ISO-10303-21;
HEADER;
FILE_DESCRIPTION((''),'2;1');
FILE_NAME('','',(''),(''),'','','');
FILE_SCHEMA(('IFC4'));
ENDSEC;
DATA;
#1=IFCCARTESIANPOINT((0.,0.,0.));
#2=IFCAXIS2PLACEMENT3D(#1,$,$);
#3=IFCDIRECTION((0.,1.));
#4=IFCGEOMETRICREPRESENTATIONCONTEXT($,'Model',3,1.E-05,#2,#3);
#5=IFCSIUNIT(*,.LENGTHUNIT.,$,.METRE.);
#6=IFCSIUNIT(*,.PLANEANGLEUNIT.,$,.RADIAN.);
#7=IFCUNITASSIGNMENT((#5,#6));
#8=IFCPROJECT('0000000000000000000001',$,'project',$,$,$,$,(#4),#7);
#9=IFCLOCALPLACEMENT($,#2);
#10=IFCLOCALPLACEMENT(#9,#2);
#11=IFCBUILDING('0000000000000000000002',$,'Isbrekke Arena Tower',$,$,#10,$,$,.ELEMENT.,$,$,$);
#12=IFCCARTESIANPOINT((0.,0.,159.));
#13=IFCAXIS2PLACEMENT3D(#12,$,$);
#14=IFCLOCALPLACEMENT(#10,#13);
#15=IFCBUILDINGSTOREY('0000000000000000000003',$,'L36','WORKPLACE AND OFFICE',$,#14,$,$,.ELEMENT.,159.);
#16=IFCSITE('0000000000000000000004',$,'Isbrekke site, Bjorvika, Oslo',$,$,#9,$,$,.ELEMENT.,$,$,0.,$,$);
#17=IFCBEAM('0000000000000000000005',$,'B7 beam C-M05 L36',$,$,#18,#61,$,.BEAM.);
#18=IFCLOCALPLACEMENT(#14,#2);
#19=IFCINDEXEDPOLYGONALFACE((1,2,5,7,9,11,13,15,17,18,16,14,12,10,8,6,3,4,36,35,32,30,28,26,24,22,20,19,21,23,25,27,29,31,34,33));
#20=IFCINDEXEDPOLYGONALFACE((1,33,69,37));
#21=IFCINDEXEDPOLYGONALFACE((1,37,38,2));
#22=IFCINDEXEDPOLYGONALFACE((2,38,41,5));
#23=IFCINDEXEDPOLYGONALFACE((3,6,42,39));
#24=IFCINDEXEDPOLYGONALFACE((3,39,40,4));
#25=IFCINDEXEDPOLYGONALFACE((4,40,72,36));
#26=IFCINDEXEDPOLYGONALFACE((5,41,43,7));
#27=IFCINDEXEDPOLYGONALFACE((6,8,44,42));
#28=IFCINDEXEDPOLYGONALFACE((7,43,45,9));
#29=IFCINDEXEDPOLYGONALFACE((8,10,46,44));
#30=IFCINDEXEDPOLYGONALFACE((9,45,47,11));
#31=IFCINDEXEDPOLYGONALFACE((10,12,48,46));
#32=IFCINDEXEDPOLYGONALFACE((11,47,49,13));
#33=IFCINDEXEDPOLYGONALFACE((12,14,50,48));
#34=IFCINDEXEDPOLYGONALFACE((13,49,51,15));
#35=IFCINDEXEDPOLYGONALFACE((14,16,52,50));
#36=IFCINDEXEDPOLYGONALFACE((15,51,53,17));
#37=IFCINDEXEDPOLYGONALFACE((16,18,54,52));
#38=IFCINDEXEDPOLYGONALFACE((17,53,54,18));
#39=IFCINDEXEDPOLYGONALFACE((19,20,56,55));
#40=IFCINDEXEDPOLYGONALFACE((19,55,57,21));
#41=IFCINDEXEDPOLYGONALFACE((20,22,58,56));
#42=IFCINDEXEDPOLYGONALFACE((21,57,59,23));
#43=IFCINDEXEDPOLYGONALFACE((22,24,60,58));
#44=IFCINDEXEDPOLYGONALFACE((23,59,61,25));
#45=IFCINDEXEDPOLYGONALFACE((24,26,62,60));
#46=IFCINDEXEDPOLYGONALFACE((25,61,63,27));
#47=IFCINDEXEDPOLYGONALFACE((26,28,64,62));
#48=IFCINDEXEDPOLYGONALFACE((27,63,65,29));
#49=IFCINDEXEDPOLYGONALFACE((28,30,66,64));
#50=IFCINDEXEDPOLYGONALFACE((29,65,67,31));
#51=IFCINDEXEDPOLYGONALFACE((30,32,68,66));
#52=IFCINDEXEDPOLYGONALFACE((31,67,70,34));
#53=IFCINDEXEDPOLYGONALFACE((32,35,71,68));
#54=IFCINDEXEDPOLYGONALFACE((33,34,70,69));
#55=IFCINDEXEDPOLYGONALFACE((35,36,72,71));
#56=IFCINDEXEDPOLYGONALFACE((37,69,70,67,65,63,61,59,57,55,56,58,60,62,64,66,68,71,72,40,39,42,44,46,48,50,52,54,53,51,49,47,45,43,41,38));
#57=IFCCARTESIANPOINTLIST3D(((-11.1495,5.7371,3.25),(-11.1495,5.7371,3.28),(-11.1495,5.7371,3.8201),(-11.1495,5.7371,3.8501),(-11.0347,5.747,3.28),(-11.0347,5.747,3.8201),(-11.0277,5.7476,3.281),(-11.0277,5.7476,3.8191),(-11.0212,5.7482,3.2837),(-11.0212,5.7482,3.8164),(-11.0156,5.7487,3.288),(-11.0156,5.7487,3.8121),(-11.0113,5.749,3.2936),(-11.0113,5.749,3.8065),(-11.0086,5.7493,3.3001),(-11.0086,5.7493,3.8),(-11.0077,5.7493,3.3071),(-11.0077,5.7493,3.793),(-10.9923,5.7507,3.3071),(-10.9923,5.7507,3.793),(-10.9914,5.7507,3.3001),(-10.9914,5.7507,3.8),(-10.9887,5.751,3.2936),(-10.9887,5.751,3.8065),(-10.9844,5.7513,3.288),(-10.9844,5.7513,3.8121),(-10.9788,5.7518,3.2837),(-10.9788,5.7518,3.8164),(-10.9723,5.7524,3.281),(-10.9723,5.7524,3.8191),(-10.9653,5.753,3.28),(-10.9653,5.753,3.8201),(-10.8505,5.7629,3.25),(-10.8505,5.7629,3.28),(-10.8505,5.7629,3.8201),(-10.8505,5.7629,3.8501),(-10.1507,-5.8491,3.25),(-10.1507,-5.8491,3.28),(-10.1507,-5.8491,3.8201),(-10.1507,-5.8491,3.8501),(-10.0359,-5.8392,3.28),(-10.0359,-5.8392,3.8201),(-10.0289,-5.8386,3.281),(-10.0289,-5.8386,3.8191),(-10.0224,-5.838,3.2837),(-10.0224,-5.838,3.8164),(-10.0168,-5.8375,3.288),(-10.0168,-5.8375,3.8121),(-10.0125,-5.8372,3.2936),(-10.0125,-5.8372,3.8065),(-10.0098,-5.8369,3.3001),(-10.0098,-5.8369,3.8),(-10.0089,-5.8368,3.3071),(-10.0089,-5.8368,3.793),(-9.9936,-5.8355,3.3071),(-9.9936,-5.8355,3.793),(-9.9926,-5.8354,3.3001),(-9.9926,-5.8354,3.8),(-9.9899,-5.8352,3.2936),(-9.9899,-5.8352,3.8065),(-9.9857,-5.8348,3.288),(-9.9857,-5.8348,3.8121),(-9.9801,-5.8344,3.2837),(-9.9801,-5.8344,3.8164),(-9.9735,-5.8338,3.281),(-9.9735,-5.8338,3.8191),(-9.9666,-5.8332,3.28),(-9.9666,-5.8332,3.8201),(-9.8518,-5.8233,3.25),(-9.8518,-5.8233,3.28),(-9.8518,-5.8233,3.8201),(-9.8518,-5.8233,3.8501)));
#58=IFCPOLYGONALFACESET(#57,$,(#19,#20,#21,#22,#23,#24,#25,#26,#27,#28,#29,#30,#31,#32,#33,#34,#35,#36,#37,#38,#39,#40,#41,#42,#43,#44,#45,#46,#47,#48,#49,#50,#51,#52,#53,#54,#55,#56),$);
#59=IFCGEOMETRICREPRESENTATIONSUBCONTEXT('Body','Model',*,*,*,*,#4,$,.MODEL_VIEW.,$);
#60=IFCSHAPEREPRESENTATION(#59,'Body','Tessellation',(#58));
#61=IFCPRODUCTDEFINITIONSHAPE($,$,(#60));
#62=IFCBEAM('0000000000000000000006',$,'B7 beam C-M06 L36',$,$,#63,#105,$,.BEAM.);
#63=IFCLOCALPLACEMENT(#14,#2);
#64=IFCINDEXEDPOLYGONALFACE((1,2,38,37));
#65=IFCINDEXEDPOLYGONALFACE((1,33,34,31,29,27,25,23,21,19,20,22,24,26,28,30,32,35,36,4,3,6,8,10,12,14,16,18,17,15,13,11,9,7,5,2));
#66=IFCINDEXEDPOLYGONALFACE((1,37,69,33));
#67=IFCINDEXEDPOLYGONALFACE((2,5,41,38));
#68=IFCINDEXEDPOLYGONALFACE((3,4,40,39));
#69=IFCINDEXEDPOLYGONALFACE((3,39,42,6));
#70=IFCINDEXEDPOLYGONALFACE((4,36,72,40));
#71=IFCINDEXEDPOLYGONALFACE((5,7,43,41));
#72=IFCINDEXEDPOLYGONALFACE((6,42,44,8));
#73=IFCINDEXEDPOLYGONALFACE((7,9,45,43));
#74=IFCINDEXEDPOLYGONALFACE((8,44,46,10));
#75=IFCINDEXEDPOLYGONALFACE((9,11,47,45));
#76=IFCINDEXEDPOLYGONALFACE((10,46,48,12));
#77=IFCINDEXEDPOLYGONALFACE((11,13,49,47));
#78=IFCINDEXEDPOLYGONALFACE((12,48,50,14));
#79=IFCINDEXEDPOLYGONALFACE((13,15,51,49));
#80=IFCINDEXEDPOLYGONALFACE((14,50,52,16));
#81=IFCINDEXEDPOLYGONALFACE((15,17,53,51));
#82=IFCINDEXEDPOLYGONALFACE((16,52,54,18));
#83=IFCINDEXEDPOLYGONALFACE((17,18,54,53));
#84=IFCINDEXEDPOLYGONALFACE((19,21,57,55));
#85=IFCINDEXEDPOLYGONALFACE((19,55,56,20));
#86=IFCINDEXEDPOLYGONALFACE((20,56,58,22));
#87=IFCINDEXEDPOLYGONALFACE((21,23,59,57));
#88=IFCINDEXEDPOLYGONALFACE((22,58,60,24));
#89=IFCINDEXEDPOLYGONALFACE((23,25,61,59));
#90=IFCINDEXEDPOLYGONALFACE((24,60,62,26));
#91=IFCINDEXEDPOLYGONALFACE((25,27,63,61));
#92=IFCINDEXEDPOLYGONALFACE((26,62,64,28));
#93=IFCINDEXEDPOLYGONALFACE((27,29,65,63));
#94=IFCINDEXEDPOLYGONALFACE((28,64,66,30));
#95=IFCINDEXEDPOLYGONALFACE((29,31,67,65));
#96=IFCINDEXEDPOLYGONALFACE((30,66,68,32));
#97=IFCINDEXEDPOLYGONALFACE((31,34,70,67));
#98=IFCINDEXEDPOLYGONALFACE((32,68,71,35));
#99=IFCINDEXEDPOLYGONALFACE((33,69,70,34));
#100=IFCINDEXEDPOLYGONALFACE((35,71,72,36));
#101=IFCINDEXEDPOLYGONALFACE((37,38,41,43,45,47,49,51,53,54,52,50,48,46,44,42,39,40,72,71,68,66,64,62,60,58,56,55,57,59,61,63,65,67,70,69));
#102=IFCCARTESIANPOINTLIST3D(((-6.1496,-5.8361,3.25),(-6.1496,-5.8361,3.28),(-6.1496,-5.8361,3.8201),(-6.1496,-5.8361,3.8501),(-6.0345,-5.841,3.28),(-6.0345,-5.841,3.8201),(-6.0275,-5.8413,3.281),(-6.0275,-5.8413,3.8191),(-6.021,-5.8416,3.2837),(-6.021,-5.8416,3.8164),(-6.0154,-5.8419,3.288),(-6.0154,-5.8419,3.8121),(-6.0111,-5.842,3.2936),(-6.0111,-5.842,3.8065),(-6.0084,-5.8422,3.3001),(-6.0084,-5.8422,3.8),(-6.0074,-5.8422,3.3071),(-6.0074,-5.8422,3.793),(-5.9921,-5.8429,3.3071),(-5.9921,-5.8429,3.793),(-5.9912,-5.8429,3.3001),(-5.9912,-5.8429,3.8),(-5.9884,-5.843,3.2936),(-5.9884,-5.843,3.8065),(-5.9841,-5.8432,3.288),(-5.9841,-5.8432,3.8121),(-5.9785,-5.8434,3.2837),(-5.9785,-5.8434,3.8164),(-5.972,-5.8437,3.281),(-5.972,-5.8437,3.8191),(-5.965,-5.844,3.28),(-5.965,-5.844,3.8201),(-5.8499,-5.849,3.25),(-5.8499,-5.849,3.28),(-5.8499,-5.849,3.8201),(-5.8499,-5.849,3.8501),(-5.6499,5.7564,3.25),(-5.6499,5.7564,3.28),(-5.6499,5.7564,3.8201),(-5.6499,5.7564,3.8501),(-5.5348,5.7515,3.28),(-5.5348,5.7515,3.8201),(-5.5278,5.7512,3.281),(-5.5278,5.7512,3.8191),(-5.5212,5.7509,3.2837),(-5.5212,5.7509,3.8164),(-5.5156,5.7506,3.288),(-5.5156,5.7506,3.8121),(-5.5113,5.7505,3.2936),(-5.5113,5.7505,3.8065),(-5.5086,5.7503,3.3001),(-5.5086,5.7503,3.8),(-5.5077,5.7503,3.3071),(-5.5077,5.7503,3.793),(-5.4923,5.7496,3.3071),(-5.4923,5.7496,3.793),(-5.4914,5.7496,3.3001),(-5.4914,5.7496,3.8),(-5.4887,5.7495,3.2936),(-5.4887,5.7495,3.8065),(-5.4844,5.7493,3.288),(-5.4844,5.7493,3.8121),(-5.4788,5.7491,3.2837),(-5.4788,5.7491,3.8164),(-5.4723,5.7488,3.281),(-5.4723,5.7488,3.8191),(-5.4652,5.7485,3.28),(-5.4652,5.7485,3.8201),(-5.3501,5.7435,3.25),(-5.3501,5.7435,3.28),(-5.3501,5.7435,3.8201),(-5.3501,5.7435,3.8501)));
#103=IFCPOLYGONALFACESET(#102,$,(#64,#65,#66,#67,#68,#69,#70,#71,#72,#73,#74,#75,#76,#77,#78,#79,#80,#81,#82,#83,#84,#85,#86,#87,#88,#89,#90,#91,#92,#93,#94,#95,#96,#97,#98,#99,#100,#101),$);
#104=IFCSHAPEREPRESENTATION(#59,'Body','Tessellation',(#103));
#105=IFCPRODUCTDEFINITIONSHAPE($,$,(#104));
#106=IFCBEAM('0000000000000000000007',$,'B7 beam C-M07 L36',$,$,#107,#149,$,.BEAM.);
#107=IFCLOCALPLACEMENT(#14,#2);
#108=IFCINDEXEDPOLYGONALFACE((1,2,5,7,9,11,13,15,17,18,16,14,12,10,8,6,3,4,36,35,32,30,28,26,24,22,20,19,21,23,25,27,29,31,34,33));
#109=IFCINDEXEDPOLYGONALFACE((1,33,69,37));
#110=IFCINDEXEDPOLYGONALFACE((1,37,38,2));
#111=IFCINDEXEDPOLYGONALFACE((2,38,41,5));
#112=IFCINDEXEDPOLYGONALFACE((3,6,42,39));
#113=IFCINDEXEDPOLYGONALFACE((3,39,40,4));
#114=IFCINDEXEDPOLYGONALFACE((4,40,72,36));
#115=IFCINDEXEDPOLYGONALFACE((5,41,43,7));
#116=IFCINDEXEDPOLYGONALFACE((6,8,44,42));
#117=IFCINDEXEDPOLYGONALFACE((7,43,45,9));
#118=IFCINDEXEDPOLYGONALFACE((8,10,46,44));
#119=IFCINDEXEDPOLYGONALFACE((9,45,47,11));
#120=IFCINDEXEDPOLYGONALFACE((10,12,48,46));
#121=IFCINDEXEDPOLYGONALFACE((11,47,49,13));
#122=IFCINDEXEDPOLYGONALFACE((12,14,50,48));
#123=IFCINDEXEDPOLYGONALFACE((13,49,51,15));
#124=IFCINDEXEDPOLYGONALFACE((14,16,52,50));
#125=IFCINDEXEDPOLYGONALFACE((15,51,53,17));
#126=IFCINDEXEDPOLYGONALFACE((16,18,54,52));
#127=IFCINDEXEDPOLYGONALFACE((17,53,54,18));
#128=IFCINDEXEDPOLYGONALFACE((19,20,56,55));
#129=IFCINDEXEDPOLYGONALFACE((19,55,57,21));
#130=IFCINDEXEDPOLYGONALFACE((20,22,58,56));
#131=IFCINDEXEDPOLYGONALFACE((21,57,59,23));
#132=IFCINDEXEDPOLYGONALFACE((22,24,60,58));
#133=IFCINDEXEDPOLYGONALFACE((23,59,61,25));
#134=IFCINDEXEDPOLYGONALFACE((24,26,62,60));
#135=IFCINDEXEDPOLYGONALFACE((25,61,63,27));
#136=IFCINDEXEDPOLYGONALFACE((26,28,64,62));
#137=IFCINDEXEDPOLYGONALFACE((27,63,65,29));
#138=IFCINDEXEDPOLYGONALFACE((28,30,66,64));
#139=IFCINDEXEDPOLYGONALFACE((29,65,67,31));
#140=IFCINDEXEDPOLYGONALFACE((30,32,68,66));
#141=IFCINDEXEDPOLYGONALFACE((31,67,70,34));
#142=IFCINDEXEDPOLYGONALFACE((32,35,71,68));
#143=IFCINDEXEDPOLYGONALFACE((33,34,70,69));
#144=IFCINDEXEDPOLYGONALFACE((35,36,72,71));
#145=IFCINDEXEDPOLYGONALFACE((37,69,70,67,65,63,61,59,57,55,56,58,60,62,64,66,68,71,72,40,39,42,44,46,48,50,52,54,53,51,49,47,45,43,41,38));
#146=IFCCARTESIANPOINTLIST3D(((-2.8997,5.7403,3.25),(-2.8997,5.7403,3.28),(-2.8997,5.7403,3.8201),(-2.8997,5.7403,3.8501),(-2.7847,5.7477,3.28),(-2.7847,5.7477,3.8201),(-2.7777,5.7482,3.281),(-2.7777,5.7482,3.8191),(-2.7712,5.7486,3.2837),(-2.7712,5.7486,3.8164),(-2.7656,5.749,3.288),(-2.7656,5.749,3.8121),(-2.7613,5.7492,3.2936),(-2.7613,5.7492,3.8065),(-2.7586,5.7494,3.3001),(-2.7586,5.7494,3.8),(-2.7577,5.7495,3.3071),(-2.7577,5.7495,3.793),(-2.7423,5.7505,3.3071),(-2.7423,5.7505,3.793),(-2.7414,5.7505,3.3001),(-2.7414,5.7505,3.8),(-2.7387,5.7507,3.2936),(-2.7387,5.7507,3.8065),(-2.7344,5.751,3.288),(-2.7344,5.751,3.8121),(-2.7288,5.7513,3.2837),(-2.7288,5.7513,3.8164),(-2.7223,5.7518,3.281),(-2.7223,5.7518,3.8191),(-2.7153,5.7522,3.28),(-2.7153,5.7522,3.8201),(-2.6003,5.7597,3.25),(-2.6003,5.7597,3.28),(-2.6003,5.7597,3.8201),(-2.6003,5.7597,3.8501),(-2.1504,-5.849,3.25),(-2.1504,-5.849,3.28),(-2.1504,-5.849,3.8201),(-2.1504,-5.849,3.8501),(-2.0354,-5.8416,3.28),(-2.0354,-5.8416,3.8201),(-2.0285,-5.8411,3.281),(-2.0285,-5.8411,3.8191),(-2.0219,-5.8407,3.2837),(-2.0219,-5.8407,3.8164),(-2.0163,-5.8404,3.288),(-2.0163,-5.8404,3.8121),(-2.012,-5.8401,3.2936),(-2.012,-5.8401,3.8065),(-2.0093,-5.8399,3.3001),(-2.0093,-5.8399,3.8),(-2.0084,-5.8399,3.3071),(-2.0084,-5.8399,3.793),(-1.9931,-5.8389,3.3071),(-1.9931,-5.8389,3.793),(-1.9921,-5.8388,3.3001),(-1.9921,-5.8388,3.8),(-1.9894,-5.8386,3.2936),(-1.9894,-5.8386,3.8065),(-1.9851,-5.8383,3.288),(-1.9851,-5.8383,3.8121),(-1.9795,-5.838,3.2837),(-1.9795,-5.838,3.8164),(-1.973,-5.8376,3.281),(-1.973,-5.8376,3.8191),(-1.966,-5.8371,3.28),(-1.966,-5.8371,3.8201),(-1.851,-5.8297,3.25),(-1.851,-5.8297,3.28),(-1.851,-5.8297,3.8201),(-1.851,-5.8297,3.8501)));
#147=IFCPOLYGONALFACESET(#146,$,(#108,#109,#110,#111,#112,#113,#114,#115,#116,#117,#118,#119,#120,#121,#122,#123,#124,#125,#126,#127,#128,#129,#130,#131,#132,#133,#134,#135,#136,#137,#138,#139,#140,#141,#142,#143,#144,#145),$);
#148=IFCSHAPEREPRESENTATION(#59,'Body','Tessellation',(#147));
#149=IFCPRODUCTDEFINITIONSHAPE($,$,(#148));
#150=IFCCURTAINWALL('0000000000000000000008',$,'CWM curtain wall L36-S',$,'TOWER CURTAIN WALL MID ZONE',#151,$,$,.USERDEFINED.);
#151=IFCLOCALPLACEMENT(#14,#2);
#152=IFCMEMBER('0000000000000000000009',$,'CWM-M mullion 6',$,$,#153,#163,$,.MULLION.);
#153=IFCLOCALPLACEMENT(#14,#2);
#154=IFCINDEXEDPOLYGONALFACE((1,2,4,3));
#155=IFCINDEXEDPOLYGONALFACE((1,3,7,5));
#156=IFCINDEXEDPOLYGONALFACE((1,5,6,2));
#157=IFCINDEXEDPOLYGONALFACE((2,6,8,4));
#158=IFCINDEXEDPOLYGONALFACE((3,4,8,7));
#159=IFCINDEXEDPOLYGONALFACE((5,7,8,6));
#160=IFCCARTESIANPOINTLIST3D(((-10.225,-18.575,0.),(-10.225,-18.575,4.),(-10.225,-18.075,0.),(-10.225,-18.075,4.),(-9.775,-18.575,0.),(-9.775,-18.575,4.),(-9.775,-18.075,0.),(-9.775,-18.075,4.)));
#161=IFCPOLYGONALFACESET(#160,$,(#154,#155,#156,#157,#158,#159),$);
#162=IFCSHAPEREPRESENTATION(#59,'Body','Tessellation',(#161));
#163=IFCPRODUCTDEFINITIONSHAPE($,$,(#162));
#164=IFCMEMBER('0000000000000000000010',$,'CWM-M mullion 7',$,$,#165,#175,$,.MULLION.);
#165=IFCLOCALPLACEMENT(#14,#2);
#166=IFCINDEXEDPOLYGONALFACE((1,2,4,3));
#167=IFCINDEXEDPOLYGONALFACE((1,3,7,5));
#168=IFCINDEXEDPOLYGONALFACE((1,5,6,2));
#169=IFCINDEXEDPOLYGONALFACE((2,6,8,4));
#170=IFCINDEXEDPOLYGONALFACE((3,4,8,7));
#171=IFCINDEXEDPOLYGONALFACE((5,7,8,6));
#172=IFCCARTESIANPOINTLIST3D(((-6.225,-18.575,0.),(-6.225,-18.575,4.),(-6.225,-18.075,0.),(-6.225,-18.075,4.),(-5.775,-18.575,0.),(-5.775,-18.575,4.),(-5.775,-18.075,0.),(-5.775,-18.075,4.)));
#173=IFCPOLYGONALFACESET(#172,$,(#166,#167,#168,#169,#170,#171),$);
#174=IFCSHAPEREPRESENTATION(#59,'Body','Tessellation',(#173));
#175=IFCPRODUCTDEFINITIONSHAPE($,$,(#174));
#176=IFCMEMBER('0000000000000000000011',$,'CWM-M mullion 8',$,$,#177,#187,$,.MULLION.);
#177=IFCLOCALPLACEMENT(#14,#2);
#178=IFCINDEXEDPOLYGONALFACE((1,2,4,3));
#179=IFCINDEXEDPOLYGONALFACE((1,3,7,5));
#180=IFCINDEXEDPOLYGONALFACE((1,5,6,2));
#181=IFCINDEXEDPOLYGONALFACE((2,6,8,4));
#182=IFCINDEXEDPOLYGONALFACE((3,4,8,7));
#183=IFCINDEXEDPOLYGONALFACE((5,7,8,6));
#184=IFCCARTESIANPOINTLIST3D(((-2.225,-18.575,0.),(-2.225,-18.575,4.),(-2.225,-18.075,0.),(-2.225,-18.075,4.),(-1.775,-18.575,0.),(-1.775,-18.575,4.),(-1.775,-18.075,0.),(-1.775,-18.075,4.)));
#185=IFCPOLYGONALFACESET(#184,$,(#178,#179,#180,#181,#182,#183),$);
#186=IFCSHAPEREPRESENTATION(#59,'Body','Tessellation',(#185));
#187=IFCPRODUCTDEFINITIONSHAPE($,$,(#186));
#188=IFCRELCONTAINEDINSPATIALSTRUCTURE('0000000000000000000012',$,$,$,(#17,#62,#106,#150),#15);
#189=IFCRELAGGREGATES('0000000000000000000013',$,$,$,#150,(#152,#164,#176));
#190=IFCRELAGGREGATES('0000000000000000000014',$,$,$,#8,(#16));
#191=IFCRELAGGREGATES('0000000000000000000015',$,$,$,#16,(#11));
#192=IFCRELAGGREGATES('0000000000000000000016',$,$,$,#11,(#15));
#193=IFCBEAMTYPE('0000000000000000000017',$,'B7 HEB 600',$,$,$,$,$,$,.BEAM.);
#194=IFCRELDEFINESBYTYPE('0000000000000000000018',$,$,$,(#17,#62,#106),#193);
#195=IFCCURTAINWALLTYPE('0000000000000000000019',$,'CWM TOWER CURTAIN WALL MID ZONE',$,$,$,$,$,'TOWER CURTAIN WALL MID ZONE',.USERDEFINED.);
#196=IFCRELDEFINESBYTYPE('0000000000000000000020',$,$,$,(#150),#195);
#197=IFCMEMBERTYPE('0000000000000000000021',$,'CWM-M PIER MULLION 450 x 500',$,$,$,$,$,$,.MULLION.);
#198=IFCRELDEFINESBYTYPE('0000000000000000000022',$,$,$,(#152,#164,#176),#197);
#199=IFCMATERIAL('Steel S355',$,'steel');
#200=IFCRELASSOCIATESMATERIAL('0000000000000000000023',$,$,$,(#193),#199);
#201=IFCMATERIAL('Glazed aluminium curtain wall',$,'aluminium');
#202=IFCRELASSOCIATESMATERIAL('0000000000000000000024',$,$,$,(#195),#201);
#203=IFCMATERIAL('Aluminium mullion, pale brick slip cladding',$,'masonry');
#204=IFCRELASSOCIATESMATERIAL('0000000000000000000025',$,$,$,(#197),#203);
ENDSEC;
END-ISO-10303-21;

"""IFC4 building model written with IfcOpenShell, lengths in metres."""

from ifc_helpers import new_model, si_unit, direction, frame, origin, origin_2d, place, context, subcontext, project, spatial, rectangle, i_section, extrude, material, material_profile, profile_set, type_object, element, aggregate, save


model = new_model("IFC4")

# Units and contexts
model_context = context("Model", 3, precision=1e-05, world=origin(), true_north=direction((0.0, 1.0)))
body_context = subcontext(model_context, "Body", "Model", "MODEL_VIEW")
ifc_project = project(units=[si_unit("LENGTHUNIT", "METRE"), si_unit("PLANEANGLEUNIT", "RADIAN")], contexts=[model_context])

# Site, building, storey
site_placement = place(None, origin())
site = spatial("IfcSite", under=ifc_project, at=site_placement, Name="Isbrekke site, Bjorvika, Oslo", CompositionType="ELEMENT", RefElevation=0.0)
building_placement = place(site_placement, origin())
building = spatial("IfcBuilding", under=site, at=building_placement, Name="Isbrekke Arena Tower", CompositionType="ELEMENT")
storey_placement = place(building_placement, frame((0.0, 0.0, 159.0)))
storey = spatial("IfcBuildingStorey", under=building, at=storey_placement, Name="L36", Description="WORKPLACE AND OFFICE", CompositionType="ELEMENT", Elevation=159.0)

# Beams
ifc_material_1 = material(Name="Steel S355", Category="steel")
ifc_material_profile_1 = material_profile(ifc_material_1, i_section(OverallWidth=0.3, OverallDepth=0.6001, WebThickness=0.0154, FlangeThickness=0.03, FilletRadius=0.0271, at=origin_2d()), Name="HEB 600")
ifc_profile_set_1 = profile_set([ifc_material_profile_1], Name="Steel S355")
beam_type_1 = type_object("IfcBeamType", Name="B7 HEB 600", PredefinedType="BEAM", material=ifc_profile_set_1)
beam_1_placement = place(storey_placement, frame((-10.0012, -5.8362, 3.55), z_axis=(-0.085886, 0.996305, 0.0), x_axis=(-0.996305, -0.085886, 0.0)))
element("IfcBeam", 1, at=beam_1_placement, inside=storey, type_object=beam_type_1, Name="B7 beam C-M05 L36", PredefinedType="BEAM", context=body_context, shape_type="SweptSolid", body=[
    extrude(i_section(OverallWidth=0.3, OverallDepth=0.6001, WebThickness=0.0154, FlangeThickness=0.03, FilletRadius=0.0271, at=origin_2d()), origin(), (0.0, 0.0, 1.0), 11.6292),
])
beam_2_placement = place(storey_placement, frame((-5.9998, -5.8425, 3.55), z_axis=(0.04307, 0.999072, 0.0), x_axis=(-0.999072, 0.04307, 0.0)))
element("IfcBeam", 2, at=beam_2_placement, inside=storey, type_object=beam_type_1, Name="B7 beam C-M06 L36", PredefinedType="BEAM", context=body_context, shape_type="SweptSolid", body=[
    extrude(i_section(OverallWidth=0.3, OverallDepth=0.6001, WebThickness=0.0154, FlangeThickness=0.03, FilletRadius=0.0271, at=origin_2d()), origin(), (0.0, 0.0, 1.0), 11.6033),
])
beam_3_placement = place(storey_placement, frame((-2.0007, -5.8394, 3.55), z_axis=(-0.064517, 0.997917, 0.0), x_axis=(-0.997917, -0.064517, 0.0)))
element("IfcBeam", 3, at=beam_3_placement, inside=storey, type_object=beam_type_1, Name="B7 beam C-M07 L36", PredefinedType="BEAM", context=body_context, shape_type="SweptSolid", body=[
    extrude(i_section(OverallWidth=0.3, OverallDepth=0.6001, WebThickness=0.0154, FlangeThickness=0.03, FilletRadius=0.0271, at=origin_2d()), origin(), (0.0, 0.0, 1.0), 11.6135),
])

# Curtain wall, members
ifc_material_2 = material(Name="Glazed aluminium curtain wall", Category="aluminium")
curtain_wall_type = type_object("IfcCurtainWallType", Name="CWM TOWER CURTAIN WALL MID ZONE", ElementType="TOWER CURTAIN WALL MID ZONE", PredefinedType="USERDEFINED", material=ifc_material_2)
curtain_wall_placement = place(storey_placement, origin())
curtain_wall = element("IfcCurtainWall", 4, at=curtain_wall_placement, inside=storey, type_object=curtain_wall_type, Name="CWM curtain wall L36-S", ObjectType="TOWER CURTAIN WALL MID ZONE", PredefinedType="USERDEFINED")
ifc_material_3 = material(Name="Aluminium mullion, pale brick slip cladding", Category="masonry")
ifc_material_profile_2 = material_profile(ifc_material_3, rectangle(XDim=0.45, YDim=0.5, at=origin_2d()), Name="PIER 450X500")
ifc_profile_set_2 = profile_set([ifc_material_profile_2], Name="Aluminium mullion, pale brick slip cladding")
member_type_1 = type_object("IfcMemberType", Name="CWM-M PIER MULLION 450 x 500", PredefinedType="MULLION", material=ifc_profile_set_2)
member_1_placement = place(storey_placement, frame((-10.0, -18.325, 0.0), z_axis=(0.0, 0.0, 1.0), x_axis=(1.0, 0.0, 0.0)))
member_1 = element("IfcMember", 5, at=member_1_placement, type_object=member_type_1, Name="CWM-M mullion 6", PredefinedType="MULLION", context=body_context, shape_type="SweptSolid", body=[
    extrude(rectangle(XDim=0.45, YDim=0.5, at=origin_2d()), origin(), (0.0, 0.0, 1.0), 4.0),
])
member_2_placement = place(storey_placement, frame((-6.0, -18.325, 0.0), z_axis=(0.0, 0.0, 1.0), x_axis=(1.0, 0.0, 0.0)))
member_2 = element("IfcMember", 6, at=member_2_placement, type_object=member_type_1, Name="CWM-M mullion 7", PredefinedType="MULLION", context=body_context, shape_type="SweptSolid", body=[
    extrude(rectangle(XDim=0.45, YDim=0.5, at=origin_2d()), origin(), (0.0, 0.0, 1.0), 4.0),
])
member_3_placement = place(storey_placement, frame((-2.0, -18.325, 0.0), z_axis=(0.0, 0.0, 1.0), x_axis=(1.0, 0.0, 0.0)))
member_3 = element("IfcMember", 7, at=member_3_placement, type_object=member_type_1, Name="CWM-M mullion 8", PredefinedType="MULLION", context=body_context, shape_type="SweptSolid", body=[
    extrude(rectangle(XDim=0.45, YDim=0.5, at=origin_2d()), origin(), (0.0, 0.0, 1.0), 4.0),
])

aggregate(curtain_wall, [member_1, member_2, member_3])

save(model, "model.ifc")
